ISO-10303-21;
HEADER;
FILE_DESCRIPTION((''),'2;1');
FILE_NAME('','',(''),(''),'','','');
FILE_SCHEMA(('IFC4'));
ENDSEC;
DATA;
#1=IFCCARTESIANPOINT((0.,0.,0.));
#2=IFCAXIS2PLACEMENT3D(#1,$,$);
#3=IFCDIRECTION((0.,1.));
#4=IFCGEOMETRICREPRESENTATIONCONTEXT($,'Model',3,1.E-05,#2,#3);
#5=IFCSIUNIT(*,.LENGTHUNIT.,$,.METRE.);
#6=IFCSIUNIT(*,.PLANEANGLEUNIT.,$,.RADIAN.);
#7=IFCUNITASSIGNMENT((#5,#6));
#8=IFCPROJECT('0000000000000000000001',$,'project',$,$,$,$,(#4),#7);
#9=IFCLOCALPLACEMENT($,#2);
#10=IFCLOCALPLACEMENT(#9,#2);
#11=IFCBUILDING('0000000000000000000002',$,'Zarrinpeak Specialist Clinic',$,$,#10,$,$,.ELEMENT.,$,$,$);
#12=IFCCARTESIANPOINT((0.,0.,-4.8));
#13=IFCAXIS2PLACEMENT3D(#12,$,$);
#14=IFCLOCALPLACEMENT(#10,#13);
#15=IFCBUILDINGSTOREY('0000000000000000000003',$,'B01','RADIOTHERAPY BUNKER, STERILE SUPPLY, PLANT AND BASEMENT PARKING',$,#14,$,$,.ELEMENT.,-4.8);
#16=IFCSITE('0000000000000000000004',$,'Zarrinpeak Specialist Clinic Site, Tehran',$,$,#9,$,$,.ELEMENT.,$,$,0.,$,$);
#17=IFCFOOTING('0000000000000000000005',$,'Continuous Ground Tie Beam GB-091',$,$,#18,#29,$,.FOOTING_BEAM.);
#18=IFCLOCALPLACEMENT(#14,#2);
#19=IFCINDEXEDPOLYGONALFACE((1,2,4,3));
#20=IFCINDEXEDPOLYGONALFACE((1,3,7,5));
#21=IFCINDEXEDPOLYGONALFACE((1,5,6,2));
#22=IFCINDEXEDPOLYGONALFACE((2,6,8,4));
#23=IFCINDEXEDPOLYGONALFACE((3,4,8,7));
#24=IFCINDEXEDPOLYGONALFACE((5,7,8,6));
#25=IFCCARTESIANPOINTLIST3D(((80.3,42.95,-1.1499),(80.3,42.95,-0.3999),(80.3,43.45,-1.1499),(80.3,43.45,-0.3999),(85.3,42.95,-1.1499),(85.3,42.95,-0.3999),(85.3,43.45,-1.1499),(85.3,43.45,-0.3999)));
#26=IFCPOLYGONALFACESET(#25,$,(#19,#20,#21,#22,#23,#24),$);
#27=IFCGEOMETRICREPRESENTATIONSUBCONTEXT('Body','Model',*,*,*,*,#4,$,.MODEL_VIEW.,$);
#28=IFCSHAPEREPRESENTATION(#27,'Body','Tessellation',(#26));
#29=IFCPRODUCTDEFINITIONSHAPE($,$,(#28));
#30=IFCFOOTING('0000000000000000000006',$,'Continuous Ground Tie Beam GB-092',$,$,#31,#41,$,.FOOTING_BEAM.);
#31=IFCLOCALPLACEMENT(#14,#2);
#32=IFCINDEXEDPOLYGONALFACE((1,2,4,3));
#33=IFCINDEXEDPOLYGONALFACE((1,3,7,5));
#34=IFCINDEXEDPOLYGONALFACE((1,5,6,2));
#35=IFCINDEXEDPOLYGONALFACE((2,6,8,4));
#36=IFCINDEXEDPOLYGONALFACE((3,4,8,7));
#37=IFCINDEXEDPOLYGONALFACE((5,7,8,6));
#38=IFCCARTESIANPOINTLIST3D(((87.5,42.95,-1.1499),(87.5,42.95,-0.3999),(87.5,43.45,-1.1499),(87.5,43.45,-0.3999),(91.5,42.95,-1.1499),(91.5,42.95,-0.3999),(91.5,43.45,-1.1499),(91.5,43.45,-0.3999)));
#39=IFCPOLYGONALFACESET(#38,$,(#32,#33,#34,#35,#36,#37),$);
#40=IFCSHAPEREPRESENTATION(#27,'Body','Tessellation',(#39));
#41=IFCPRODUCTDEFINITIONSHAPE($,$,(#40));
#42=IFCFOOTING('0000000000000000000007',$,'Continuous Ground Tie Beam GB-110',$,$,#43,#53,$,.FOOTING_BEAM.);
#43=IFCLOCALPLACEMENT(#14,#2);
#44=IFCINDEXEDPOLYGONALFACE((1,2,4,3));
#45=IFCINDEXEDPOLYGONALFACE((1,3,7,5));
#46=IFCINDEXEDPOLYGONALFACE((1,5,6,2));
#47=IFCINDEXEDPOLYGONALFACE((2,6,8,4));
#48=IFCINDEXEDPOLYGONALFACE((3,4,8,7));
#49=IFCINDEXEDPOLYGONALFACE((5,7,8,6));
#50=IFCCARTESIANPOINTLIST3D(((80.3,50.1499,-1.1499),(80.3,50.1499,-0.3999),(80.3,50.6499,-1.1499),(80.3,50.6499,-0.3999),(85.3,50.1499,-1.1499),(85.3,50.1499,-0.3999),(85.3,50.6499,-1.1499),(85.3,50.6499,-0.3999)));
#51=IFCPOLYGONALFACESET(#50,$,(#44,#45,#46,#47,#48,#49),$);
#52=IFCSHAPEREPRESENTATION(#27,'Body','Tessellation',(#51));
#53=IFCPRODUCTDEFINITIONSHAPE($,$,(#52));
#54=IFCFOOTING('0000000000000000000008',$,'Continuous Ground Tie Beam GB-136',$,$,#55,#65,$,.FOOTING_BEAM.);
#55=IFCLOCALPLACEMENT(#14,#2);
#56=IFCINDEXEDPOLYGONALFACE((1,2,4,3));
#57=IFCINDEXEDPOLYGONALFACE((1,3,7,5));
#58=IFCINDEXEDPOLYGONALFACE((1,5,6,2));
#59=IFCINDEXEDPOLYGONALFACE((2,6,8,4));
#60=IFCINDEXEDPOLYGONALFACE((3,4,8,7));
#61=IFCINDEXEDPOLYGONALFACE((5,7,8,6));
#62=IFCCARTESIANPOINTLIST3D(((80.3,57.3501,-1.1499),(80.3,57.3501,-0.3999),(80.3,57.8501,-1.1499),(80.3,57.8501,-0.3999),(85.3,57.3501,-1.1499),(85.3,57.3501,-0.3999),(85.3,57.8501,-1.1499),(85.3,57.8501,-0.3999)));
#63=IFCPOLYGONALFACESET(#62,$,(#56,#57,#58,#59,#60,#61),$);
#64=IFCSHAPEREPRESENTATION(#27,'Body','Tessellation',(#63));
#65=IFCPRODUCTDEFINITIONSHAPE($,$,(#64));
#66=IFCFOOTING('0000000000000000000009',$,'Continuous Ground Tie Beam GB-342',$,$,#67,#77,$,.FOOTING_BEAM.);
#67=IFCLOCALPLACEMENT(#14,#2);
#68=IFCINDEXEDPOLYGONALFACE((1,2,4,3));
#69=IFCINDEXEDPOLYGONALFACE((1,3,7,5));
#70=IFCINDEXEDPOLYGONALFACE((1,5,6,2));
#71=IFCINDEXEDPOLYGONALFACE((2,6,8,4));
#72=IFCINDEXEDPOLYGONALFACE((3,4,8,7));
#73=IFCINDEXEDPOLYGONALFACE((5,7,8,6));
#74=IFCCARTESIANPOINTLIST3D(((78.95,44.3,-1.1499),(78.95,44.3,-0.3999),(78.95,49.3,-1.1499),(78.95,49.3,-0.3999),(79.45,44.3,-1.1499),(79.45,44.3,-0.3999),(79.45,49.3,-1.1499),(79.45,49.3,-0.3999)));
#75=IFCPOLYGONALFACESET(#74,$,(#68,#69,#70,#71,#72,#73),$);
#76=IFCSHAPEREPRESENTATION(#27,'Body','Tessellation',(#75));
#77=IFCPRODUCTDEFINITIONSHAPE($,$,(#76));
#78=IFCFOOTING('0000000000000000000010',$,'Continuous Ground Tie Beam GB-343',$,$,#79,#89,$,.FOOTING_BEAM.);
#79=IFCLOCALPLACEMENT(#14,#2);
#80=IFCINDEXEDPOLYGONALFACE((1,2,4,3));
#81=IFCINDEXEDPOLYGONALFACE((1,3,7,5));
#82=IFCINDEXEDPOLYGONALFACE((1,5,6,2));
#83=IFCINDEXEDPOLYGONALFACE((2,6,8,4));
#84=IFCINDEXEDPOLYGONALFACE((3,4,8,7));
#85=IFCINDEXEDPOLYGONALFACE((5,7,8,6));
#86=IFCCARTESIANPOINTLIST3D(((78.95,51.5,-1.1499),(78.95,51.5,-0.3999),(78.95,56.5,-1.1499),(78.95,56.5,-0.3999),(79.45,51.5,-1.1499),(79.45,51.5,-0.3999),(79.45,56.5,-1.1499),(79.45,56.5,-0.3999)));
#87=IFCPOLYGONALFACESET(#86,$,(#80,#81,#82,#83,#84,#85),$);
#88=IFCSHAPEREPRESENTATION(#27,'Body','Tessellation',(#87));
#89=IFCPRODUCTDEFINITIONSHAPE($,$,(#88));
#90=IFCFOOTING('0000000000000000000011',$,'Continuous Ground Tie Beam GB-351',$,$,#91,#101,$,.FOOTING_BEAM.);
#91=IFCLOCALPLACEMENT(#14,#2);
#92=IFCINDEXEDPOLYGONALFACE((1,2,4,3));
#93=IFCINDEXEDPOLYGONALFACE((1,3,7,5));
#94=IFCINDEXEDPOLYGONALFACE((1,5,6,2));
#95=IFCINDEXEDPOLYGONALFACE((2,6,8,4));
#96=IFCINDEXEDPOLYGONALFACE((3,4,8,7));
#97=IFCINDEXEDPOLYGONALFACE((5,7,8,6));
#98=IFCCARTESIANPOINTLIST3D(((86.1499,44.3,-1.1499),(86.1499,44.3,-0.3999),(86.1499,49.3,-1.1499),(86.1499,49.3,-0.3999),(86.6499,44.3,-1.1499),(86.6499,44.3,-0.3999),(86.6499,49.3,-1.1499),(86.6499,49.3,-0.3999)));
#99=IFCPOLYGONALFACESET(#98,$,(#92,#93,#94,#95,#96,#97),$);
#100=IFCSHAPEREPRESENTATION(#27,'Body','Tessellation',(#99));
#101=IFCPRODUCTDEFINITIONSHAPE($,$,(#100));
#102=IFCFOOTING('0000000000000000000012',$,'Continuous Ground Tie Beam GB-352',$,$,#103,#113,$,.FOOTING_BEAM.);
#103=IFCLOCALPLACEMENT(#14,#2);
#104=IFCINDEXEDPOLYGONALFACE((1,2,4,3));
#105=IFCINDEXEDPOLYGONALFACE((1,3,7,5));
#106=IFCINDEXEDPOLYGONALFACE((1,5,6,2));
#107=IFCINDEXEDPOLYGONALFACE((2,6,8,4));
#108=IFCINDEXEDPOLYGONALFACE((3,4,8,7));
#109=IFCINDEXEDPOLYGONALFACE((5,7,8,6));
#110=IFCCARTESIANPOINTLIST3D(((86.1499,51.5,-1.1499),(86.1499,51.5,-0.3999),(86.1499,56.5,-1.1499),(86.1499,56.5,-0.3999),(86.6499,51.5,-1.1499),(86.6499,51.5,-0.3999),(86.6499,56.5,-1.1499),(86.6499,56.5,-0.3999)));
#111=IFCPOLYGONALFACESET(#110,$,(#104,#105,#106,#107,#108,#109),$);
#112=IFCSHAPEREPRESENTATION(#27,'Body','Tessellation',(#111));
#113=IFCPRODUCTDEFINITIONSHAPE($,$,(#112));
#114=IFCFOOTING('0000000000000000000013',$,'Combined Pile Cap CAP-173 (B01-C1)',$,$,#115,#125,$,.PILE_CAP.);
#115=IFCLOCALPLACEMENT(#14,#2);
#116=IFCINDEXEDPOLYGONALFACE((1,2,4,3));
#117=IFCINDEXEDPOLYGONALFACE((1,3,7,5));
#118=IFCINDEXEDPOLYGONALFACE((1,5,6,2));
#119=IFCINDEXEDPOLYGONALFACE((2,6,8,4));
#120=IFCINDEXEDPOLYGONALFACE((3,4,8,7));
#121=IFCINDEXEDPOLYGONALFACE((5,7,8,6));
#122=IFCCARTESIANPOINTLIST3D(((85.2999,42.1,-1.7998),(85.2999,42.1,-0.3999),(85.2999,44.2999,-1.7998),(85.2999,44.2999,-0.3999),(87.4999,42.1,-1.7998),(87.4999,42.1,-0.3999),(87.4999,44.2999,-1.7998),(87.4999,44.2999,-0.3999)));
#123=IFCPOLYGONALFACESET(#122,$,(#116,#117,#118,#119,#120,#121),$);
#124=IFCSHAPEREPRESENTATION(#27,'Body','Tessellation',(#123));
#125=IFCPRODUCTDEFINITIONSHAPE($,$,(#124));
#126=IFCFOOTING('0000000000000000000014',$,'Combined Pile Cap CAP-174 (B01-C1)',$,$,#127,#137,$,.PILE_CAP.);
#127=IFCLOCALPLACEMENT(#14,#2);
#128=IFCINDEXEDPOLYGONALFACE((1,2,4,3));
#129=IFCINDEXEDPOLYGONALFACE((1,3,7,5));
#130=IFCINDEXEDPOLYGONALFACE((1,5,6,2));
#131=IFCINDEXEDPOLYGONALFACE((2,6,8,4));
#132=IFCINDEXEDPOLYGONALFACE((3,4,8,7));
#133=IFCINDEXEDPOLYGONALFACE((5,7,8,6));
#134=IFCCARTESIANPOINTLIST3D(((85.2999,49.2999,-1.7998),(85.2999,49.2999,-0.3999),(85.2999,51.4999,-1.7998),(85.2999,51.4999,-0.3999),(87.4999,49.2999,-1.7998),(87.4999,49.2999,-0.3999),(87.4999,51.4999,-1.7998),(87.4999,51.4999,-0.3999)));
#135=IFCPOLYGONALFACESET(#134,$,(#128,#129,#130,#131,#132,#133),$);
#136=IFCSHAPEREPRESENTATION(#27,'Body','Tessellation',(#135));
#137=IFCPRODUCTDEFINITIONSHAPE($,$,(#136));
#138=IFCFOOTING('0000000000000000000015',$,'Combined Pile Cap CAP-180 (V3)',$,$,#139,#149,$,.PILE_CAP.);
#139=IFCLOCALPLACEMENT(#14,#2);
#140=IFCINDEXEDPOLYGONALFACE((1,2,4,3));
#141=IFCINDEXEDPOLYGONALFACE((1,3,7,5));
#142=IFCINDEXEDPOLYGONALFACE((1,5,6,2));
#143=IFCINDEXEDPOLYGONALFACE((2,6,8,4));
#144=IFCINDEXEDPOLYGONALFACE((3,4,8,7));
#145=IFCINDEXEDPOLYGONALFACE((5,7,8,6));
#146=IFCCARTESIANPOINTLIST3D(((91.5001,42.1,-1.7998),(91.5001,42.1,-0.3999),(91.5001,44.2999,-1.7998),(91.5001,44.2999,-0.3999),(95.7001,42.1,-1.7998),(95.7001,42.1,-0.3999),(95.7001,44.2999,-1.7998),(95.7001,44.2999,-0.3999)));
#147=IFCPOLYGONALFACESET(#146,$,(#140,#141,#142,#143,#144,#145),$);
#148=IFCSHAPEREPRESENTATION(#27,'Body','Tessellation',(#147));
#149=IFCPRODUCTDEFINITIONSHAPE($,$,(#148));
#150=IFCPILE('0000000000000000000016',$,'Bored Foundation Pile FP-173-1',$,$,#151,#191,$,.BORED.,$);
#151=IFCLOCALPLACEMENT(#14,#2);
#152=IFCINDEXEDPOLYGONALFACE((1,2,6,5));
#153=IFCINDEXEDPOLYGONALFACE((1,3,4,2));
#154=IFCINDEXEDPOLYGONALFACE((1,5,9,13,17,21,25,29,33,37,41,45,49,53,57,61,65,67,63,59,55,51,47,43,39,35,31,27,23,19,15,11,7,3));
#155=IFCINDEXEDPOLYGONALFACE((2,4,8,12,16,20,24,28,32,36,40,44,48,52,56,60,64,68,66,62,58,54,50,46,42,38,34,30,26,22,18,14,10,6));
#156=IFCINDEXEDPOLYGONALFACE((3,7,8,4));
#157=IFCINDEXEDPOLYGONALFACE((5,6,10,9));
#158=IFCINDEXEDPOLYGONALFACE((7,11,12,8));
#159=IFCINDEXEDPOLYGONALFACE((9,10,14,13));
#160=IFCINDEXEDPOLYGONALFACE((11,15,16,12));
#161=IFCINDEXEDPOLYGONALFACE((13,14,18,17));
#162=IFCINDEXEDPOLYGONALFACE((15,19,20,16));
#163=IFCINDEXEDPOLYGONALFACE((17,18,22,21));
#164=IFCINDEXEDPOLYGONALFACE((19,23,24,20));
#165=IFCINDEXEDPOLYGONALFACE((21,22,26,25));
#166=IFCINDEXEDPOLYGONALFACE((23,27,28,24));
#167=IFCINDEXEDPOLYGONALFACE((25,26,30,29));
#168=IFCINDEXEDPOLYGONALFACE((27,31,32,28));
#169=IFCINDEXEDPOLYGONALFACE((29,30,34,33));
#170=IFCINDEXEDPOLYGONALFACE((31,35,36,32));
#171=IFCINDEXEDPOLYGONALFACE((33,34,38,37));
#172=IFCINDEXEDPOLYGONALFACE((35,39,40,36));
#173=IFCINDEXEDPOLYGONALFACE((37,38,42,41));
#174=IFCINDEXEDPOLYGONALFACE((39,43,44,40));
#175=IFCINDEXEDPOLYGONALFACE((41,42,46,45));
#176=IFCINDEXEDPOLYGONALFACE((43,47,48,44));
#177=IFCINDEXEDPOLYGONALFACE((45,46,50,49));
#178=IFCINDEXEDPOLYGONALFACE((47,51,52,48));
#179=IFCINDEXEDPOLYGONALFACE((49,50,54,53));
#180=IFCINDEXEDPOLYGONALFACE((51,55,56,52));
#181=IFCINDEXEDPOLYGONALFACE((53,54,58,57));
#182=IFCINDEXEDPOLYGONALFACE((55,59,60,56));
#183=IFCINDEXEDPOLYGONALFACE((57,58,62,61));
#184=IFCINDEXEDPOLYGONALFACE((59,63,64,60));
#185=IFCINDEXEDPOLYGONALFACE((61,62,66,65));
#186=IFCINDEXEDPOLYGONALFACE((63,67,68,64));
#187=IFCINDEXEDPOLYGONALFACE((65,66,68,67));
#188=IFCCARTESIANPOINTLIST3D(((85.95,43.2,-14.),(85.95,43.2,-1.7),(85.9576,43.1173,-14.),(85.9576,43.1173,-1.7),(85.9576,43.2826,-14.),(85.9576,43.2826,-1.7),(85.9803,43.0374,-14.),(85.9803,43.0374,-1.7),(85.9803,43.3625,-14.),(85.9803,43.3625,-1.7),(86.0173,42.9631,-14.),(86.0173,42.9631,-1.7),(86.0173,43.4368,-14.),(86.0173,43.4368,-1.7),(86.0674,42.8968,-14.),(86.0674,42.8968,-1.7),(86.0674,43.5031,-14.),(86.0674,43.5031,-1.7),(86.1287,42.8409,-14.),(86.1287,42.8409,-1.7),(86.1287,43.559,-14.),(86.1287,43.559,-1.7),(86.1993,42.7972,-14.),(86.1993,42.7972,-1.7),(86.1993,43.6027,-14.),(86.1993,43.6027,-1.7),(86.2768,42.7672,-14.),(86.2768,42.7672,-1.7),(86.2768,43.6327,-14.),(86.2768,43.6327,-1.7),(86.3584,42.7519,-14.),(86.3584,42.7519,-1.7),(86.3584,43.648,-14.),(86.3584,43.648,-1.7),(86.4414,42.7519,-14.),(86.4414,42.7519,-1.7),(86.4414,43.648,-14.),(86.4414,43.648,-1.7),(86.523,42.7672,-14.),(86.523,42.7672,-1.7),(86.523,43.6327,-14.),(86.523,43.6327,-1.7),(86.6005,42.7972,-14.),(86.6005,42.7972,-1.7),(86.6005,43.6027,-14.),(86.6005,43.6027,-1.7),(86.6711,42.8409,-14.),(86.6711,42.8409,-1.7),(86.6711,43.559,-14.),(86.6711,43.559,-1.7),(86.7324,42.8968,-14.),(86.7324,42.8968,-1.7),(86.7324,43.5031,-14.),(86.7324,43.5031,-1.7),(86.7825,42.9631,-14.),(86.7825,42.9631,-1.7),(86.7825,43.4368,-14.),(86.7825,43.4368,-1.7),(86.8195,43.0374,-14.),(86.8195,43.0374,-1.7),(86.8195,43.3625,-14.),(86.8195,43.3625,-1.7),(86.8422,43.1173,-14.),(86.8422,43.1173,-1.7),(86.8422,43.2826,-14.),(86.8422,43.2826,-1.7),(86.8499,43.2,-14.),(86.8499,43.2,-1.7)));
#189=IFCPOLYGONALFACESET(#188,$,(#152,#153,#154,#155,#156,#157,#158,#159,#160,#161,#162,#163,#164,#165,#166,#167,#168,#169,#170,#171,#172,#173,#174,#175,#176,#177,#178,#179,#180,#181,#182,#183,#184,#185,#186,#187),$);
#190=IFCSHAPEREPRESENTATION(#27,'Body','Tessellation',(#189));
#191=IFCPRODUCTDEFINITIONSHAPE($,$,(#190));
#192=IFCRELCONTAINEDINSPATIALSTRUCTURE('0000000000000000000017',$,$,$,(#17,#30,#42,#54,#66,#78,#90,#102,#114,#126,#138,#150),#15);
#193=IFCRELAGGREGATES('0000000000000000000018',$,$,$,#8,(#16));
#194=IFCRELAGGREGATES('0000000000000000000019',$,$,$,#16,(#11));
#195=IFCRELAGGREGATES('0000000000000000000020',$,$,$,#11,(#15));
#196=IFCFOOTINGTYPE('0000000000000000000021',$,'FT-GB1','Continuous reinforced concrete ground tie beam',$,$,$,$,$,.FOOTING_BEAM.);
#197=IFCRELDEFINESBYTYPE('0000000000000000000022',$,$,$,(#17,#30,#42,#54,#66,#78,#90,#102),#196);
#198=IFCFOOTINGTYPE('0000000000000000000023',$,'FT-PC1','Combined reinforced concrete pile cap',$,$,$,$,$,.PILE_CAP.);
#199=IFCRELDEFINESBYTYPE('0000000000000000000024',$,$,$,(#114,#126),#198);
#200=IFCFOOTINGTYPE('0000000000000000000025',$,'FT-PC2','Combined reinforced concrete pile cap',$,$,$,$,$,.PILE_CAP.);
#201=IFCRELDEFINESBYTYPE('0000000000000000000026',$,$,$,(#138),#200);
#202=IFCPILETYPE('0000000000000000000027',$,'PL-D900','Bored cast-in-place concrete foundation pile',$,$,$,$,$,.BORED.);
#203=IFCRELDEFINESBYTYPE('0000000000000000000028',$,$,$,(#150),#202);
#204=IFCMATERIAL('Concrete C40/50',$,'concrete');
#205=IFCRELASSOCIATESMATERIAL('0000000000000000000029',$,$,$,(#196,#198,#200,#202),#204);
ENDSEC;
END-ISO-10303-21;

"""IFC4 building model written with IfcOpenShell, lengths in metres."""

from ifc_helpers import new_model, si_unit, direction, frame, origin, origin_2d, place, context, subcontext, project, spatial, rectangle, circle, extrude, material, material_profile, profile_set, type_object, element, save


model = new_model("IFC4")

# Units and contexts
model_context = context("Model", 3, precision=1e-05, world=origin(), true_north=direction((0.0, 1.0)))
body_context = subcontext(model_context, "Body", "Model", "MODEL_VIEW")
ifc_project = project(units=[si_unit("LENGTHUNIT", "METRE"), si_unit("PLANEANGLEUNIT", "RADIAN")], contexts=[model_context])

# Site, building, storey
site_placement = place(None, origin())
site = spatial("IfcSite", under=ifc_project, at=site_placement, Name="Zarrinpeak Specialist Clinic Site, Tehran", CompositionType="ELEMENT", RefElevation=0.0)
building_placement = place(site_placement, origin())
building = spatial("IfcBuilding", under=site, at=building_placement, Name="Zarrinpeak Specialist Clinic", CompositionType="ELEMENT")
storey_placement = place(building_placement, frame((0.0, 0.0, -4.8)))
storey = spatial("IfcBuildingStorey", under=building, at=storey_placement, Name="B01", Description="RADIOTHERAPY BUNKER, STERILE SUPPLY, PLANT AND BASEMENT PARKING", CompositionType="ELEMENT", Elevation=-4.8)

# Footings
ifc_material_1 = material(Name="Concrete C40/50", Category="concrete")
ifc_material_profile_1 = material_profile(ifc_material_1, rectangle(XDim=0.5, YDim=0.75, at=origin_2d()), Name="RC 500x750")
ifc_profile_set_1 = profile_set([ifc_material_profile_1], Name="Concrete C40/50")
footing_type_1 = type_object("IfcFootingType", Name="FT-GB1", Description="Continuous reinforced concrete ground tie beam", PredefinedType="FOOTING_BEAM", material=ifc_profile_set_1)
footing_1_placement = place(storey_placement, frame((80.3, 43.2, -0.7749), z_axis=(1.0, 0.0, 0.0), x_axis=(0.0, 1.0, 0.0)))
element("IfcFooting", 1, at=footing_1_placement, inside=storey, type_object=footing_type_1, Name="Continuous Ground Tie Beam GB-091", PredefinedType="FOOTING_BEAM", context=body_context, shape_type="SweptSolid", body=[
    extrude(rectangle(XDim=0.5, YDim=0.75, at=origin_2d()), origin(), (0.0, 0.0, 1.0), 5.0),
])
footing_2_placement = place(storey_placement, frame((87.5, 43.2, -0.7749), z_axis=(1.0, 0.0, 0.0), x_axis=(0.0, 1.0, 0.0)))
element("IfcFooting", 2, at=footing_2_placement, inside=storey, type_object=footing_type_1, Name="Continuous Ground Tie Beam GB-092", PredefinedType="FOOTING_BEAM", context=body_context, shape_type="SweptSolid", body=[
    extrude(rectangle(XDim=0.5, YDim=0.75, at=origin_2d()), origin(), (0.0, 0.0, 1.0), 4.0),
])
for number, where, z_axis, x_axis, name in (
    (3, (80.3, 50.3999, -0.7749), (1.0, 0.0, 0.0), (0.0, 1.0, 0.0), "Continuous Ground Tie Beam GB-110"),
    (4, (80.3, 57.6001, -0.7749), (1.0, 0.0, 0.0), (0.0, 1.0, 0.0), "Continuous Ground Tie Beam GB-136"),
    (5, (79.2, 44.3, -0.7749), (0.0, 1.0, 0.0), (-1.0, 0.0, 0.0), "Continuous Ground Tie Beam GB-342"),
    (6, (79.2, 51.5, -0.7749), (0.0, 1.0, 0.0), (-1.0, 0.0, 0.0), "Continuous Ground Tie Beam GB-343"),
    (7, (86.3999, 44.3, -0.7749), (0.0, 1.0, 0.0), (-1.0, 0.0, 0.0), "Continuous Ground Tie Beam GB-351"),
    (8, (86.3999, 51.5, -0.7749), (0.0, 1.0, 0.0), (-1.0, 0.0, 0.0), "Continuous Ground Tie Beam GB-352"),
):
    element("IfcFooting", number, at=place(storey_placement, frame(where, z_axis=z_axis, x_axis=x_axis)), inside=storey, type_object=footing_type_1, Name=name, PredefinedType="FOOTING_BEAM", context=body_context, shape_type="SweptSolid", body=[
        extrude(rectangle(XDim=0.5, YDim=0.75, at=origin_2d()), origin(), (0.0, 0.0, 1.0), 5.0),
    ])
footing_type_2 = type_object("IfcFootingType", Name="FT-PC1", Description="Combined reinforced concrete pile cap", PredefinedType="PILE_CAP", material=ifc_material_1)
for number, where, z_axis, x_axis, name in (
    (9, (86.3999, 43.2, -1.7998), (0.0, 0.0, 1.0), (1.0, 0.0, 0.0), "Combined Pile Cap CAP-173 (B01-C1)"),
    (10, (86.3999, 50.3999, -1.7998), (0.0, 0.0, 1.0), (1.0, 0.0, 0.0), "Combined Pile Cap CAP-174 (B01-C1)"),
):
    element("IfcFooting", number, at=place(storey_placement, frame(where, z_axis=z_axis, x_axis=x_axis)), inside=storey, type_object=footing_type_2, Name=name, PredefinedType="PILE_CAP", context=body_context, shape_type="SweptSolid", body=[
        extrude(rectangle(XDim=2.2, YDim=2.2, at=origin_2d()), origin(), (0.0, 0.0, 1.0), 1.3999),
    ])
footing_type_3 = type_object("IfcFootingType", Name="FT-PC2", Description="Combined reinforced concrete pile cap", PredefinedType="PILE_CAP", material=ifc_material_1)
footing_3_placement = place(storey_placement, frame((93.6001, 43.2, -1.7998), z_axis=(0.0, 0.0, 1.0), x_axis=(1.0, 0.0, 0.0)))
element("IfcFooting", 11, at=footing_3_placement, inside=storey, type_object=footing_type_3, Name="Combined Pile Cap CAP-180 (V3)", PredefinedType="PILE_CAP", context=body_context, shape_type="SweptSolid", body=[
    extrude(rectangle(XDim=4.2, YDim=2.2, at=origin_2d()), origin(), (0.0, 0.0, 1.0), 1.3999),
])

# Pile
ifc_material_profile_2 = material_profile(ifc_material_1, circle(Radius=0.45, at=origin_2d()), Name="BORED PILE D900")
ifc_profile_set_2 = profile_set([ifc_material_profile_2], Name="Concrete C40/50")
pile_type = type_object("IfcPileType", Name="PL-D900", Description="Bored cast-in-place concrete foundation pile", PredefinedType="BORED", material=ifc_profile_set_2)
for number, where, z_axis, x_axis, name in (
    (12, (86.3999, 43.2, -1.7), (0.0, 0.0, -1.0), (1.0, 0.0, 0.0), "Bored Foundation Pile FP-173-1"),
):
    element("IfcPile", number, at=place(storey_placement, frame(where, z_axis=z_axis, x_axis=x_axis)), inside=storey, type_object=pile_type, Name=name, PredefinedType="BORED", context=body_context, shape_type="SweptSolid", body=[
        extrude(circle(Radius=0.45, at=origin_2d()), origin(), (0.0, 0.0, 1.0), 12.3),
    ])

save(model, "model.ifc")
